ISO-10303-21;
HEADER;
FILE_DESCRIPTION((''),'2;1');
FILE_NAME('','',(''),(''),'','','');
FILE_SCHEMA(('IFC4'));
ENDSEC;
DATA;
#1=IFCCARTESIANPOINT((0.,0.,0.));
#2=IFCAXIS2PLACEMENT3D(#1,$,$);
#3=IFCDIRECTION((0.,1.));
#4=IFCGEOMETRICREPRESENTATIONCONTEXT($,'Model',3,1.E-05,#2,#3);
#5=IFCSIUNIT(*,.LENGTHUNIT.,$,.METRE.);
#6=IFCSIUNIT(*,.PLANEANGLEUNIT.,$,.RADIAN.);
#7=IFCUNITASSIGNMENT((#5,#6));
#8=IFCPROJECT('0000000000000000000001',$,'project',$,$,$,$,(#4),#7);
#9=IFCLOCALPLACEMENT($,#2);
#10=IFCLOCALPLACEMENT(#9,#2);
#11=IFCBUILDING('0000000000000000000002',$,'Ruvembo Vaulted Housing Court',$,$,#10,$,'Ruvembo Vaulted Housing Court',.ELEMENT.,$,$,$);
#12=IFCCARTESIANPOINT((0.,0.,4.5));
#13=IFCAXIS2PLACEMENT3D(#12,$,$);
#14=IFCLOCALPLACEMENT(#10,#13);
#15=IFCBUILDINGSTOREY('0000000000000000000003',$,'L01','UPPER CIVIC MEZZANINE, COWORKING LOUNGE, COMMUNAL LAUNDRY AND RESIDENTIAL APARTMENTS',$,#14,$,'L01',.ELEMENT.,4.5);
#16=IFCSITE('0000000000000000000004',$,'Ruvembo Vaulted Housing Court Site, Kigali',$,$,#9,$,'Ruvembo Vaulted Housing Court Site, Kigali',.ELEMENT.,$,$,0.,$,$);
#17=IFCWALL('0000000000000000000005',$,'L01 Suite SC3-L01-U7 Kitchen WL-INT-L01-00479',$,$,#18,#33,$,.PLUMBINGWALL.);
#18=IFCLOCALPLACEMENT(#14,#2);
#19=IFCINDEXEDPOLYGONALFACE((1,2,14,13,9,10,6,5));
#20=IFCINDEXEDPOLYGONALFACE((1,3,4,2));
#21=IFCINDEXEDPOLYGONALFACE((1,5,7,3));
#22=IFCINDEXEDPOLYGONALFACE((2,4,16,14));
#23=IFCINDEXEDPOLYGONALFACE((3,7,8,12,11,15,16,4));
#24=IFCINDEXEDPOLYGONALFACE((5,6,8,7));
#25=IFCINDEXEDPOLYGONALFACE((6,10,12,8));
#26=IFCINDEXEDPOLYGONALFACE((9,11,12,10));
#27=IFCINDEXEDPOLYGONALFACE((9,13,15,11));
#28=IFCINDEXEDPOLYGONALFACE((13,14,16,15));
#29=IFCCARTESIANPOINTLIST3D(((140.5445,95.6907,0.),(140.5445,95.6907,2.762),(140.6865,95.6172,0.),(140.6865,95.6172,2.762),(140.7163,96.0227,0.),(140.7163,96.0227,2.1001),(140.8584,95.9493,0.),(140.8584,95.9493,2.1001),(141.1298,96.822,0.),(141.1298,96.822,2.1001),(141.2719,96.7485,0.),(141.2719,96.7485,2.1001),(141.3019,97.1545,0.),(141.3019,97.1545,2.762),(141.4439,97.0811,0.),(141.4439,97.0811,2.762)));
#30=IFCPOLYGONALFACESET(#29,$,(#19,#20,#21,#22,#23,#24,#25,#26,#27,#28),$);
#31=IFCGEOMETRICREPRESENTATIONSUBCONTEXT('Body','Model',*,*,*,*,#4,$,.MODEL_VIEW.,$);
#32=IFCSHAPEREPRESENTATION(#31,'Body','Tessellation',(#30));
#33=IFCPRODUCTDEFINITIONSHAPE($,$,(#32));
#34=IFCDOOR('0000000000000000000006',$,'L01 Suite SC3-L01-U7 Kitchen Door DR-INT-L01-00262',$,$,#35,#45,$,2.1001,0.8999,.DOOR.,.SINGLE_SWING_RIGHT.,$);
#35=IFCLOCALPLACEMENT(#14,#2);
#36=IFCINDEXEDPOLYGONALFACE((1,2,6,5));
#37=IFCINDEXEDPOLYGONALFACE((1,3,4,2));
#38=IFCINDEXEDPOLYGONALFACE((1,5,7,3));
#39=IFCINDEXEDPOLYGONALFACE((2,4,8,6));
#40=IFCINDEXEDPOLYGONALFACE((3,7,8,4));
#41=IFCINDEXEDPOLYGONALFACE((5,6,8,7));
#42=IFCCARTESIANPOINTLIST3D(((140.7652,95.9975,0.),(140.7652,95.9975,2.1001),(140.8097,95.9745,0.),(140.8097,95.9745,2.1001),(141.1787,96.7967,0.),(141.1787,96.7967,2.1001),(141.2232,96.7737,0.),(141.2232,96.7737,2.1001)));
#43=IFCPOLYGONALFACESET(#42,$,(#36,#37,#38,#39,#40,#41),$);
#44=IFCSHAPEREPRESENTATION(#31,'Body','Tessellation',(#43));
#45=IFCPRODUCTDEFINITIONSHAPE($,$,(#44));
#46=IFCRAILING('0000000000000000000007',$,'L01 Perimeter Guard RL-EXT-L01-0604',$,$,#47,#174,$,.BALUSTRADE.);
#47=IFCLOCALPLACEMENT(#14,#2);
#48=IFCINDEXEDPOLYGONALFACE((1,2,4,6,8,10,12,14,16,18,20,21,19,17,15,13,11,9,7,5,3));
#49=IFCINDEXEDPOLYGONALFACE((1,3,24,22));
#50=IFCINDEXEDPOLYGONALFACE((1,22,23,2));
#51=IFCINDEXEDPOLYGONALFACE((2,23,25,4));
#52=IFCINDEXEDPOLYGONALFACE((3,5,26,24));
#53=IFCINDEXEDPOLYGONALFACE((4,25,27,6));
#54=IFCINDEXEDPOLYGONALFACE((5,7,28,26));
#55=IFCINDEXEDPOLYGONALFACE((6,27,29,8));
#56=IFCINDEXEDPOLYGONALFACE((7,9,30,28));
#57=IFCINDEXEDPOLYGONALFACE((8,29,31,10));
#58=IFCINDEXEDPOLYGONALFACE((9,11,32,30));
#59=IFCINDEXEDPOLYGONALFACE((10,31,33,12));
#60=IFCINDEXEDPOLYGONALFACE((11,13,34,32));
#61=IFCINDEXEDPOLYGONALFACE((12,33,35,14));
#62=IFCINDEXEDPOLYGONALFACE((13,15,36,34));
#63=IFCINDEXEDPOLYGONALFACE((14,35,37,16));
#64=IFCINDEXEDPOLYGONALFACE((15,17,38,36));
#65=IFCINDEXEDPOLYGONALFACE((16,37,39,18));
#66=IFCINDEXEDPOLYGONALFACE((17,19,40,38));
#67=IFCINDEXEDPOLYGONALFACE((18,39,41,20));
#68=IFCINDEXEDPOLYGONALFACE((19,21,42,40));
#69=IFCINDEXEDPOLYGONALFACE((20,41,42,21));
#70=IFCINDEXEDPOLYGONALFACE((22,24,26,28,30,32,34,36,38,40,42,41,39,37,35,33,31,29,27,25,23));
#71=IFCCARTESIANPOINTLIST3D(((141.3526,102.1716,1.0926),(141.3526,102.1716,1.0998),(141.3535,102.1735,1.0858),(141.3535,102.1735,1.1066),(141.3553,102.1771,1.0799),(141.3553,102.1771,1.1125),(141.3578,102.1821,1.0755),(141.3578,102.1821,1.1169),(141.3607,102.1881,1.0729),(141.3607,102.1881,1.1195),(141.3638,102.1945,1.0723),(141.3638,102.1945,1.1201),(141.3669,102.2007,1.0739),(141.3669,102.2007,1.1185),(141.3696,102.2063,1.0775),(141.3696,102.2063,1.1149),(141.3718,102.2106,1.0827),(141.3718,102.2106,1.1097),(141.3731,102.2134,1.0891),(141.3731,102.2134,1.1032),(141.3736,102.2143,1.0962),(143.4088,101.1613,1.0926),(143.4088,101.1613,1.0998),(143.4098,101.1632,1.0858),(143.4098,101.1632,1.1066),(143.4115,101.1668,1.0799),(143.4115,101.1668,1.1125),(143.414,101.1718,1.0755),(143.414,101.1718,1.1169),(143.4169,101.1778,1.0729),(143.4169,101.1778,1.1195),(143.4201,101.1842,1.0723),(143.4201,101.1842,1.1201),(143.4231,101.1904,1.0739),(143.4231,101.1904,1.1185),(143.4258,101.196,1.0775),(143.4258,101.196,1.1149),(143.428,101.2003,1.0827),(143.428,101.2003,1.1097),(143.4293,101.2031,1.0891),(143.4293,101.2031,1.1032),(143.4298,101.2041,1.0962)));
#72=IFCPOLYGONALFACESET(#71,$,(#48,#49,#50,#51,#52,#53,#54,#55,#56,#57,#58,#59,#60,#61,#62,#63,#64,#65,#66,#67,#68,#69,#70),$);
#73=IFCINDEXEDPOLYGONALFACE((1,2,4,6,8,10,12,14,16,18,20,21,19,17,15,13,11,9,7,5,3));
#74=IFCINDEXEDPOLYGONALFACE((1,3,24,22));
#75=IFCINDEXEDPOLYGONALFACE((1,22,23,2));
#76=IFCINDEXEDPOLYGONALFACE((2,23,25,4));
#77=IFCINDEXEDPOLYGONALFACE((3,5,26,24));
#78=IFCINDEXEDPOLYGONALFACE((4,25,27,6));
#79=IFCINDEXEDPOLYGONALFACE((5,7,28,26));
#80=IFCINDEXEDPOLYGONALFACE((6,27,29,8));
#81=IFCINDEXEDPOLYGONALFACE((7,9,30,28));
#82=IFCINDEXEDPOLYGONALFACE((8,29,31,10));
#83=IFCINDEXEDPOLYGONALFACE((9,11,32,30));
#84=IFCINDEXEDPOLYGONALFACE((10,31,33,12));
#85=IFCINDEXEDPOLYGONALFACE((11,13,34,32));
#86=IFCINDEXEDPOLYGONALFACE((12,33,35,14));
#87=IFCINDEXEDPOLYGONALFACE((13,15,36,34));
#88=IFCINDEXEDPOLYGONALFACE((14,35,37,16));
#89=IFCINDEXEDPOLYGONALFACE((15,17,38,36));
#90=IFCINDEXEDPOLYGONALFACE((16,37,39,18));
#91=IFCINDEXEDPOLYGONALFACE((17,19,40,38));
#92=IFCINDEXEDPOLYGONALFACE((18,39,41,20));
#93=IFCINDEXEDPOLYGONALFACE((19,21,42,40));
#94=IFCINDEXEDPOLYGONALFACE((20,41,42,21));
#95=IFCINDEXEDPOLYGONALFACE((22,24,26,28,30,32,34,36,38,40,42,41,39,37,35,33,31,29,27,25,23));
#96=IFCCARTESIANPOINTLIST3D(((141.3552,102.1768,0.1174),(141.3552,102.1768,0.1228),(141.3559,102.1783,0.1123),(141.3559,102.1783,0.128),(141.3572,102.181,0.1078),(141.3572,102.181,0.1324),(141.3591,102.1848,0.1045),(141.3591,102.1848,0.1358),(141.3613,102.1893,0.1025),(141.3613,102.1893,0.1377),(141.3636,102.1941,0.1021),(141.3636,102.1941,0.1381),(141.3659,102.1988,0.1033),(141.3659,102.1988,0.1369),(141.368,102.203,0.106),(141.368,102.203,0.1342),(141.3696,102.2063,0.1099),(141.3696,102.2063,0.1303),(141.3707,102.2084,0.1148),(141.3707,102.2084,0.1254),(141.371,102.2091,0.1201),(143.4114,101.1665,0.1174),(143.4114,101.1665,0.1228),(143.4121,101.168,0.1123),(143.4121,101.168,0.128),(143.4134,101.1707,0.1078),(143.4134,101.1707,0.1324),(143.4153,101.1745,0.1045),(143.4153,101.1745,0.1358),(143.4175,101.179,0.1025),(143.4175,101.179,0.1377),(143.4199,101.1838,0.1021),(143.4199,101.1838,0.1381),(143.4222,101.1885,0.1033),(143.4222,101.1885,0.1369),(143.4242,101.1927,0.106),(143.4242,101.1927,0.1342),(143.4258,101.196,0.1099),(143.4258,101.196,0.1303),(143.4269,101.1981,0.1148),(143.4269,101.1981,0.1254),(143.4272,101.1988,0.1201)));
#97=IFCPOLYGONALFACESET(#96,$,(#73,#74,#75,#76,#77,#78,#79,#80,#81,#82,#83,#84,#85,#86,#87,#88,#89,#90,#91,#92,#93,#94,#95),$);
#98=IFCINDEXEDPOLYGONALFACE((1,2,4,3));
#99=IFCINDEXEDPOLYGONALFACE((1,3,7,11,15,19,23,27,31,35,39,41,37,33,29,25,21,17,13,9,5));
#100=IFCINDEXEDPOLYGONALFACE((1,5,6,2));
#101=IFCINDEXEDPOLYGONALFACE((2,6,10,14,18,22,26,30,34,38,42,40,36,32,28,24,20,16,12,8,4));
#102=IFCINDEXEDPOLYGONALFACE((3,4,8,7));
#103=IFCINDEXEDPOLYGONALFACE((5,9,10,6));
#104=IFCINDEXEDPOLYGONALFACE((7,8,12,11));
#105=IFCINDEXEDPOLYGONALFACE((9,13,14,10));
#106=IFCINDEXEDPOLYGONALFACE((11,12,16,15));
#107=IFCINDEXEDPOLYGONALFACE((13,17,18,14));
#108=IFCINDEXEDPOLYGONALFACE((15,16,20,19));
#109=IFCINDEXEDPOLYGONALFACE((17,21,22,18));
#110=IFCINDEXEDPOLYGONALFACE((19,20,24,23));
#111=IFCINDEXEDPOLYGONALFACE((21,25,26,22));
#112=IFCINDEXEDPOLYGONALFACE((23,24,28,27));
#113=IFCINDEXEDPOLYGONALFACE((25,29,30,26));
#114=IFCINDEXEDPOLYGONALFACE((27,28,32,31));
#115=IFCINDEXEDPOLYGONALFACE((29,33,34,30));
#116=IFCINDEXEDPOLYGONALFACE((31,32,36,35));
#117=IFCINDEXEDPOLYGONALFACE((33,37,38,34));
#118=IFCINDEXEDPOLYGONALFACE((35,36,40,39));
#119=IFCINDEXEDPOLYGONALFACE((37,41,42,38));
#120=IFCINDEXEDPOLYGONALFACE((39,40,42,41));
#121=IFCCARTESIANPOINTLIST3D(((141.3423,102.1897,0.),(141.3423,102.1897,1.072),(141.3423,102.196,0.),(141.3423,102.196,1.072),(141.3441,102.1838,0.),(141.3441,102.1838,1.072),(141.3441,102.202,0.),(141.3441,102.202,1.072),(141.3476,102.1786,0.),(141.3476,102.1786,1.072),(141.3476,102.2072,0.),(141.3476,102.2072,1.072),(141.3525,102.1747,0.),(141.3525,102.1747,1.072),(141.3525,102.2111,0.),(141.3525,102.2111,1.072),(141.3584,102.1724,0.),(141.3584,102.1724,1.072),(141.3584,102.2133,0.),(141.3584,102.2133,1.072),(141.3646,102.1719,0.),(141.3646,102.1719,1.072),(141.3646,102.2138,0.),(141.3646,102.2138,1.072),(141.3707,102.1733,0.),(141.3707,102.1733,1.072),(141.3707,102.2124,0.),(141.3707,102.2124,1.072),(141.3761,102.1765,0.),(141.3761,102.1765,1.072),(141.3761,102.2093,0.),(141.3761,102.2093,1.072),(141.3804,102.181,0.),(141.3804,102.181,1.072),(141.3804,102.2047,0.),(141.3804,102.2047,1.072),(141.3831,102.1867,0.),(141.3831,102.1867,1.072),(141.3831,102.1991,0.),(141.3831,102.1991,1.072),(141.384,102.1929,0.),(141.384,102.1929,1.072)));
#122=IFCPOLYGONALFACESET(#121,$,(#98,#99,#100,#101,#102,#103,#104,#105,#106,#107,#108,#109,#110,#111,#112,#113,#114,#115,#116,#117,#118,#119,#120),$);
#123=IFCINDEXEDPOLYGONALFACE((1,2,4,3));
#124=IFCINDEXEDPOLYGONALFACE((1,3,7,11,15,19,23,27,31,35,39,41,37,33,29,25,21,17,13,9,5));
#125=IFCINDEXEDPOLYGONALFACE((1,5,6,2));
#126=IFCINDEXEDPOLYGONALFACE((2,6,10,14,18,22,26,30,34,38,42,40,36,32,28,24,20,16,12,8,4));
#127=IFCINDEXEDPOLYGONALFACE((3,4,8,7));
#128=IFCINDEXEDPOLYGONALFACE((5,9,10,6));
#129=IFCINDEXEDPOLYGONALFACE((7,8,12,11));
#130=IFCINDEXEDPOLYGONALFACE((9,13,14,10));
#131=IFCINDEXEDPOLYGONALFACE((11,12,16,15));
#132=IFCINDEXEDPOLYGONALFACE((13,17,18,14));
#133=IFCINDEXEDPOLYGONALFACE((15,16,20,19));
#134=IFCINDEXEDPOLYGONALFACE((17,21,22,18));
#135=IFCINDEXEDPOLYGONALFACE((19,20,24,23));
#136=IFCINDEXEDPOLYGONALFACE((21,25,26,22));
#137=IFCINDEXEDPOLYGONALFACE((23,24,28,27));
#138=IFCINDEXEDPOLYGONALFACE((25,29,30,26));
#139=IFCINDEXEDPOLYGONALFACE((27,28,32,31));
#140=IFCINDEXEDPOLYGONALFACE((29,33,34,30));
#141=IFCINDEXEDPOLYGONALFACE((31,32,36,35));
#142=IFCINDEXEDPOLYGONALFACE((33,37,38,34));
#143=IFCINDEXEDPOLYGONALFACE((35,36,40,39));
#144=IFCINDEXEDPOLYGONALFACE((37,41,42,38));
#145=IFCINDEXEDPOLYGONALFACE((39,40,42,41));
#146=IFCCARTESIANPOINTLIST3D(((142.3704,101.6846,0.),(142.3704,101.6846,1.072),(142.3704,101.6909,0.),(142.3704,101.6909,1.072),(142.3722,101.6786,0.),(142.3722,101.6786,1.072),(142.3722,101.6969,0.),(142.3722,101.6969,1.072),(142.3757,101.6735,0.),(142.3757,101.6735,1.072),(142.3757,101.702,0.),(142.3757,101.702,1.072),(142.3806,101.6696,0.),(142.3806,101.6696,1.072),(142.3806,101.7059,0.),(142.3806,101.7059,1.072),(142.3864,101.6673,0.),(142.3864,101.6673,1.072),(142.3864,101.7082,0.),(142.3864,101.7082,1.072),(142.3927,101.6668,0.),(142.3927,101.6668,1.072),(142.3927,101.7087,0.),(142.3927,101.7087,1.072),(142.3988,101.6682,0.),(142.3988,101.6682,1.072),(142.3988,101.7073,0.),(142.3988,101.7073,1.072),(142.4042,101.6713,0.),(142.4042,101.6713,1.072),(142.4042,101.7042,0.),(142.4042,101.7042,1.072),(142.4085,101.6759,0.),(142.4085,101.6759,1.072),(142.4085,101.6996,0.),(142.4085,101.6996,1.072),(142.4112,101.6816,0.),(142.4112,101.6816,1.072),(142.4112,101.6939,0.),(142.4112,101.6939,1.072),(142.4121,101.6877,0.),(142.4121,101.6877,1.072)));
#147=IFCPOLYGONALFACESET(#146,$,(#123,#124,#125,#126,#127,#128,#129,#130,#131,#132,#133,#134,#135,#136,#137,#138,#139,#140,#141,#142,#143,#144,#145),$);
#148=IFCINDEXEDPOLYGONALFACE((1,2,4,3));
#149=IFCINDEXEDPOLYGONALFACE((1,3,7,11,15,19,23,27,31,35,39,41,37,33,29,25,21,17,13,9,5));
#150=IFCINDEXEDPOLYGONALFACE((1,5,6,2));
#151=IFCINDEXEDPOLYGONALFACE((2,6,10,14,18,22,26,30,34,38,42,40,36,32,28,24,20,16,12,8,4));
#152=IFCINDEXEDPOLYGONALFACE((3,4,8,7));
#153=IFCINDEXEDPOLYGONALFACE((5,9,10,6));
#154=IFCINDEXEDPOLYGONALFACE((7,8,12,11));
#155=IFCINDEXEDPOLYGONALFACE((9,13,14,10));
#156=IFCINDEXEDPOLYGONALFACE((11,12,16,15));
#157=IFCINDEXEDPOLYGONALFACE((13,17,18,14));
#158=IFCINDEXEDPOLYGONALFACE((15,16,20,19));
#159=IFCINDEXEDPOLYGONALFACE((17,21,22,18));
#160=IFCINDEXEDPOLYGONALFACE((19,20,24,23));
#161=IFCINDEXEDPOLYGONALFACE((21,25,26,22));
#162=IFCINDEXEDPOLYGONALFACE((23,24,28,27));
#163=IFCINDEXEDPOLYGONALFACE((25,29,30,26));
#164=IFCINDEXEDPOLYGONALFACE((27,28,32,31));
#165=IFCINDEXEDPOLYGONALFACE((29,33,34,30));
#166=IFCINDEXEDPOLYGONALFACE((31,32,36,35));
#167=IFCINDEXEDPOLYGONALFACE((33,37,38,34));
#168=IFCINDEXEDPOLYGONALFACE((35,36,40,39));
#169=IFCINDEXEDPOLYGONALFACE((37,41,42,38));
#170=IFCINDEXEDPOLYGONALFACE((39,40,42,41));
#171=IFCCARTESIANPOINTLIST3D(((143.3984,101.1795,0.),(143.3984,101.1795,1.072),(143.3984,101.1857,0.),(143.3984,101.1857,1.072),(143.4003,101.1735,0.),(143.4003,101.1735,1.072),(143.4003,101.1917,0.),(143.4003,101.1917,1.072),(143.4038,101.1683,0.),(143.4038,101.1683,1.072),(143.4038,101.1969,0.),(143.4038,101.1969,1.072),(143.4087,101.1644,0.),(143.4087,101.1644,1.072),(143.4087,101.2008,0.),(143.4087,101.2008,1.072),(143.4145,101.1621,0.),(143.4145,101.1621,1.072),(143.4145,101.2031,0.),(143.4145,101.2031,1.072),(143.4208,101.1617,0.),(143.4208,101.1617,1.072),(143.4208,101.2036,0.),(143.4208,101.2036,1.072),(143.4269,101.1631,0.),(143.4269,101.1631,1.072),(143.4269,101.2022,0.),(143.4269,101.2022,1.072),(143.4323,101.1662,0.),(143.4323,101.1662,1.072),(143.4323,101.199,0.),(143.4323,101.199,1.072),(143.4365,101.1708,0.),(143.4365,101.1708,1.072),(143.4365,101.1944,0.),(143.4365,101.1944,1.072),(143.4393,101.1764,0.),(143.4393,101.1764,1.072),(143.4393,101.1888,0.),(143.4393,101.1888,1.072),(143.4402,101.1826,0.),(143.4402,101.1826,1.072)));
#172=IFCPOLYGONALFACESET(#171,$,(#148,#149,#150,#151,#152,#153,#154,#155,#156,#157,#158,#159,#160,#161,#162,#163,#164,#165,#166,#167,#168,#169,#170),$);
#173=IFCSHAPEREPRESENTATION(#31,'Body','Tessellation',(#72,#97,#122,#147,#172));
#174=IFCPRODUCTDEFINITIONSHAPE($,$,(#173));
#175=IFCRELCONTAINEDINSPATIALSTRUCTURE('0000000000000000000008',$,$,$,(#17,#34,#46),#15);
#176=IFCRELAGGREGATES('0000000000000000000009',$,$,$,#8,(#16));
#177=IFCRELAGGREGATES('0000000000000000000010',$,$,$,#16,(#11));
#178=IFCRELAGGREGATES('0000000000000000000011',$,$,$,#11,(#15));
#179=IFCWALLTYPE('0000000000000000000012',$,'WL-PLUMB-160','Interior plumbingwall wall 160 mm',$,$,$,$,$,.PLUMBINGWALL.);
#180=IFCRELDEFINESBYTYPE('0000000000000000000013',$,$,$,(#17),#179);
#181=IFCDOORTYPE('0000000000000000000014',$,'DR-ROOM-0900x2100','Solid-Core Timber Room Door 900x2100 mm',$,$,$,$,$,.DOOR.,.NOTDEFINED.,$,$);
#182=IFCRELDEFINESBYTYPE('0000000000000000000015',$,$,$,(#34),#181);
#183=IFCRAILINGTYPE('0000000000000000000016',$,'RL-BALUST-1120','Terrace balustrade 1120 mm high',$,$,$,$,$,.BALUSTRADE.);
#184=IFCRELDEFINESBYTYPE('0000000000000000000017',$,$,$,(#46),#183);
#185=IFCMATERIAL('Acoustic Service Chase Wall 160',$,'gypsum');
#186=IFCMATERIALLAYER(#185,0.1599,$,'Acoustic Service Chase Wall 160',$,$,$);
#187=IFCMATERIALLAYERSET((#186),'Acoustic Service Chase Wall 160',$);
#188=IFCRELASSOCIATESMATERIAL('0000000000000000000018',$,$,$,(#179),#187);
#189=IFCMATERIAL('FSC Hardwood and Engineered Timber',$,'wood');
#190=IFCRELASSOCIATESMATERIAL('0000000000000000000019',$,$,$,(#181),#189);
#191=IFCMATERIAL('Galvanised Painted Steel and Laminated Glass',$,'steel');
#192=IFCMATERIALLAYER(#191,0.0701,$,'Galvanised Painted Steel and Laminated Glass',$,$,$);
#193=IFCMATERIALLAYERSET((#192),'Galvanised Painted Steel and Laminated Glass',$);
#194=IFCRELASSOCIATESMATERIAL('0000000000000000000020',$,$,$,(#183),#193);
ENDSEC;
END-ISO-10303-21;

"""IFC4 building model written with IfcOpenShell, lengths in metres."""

from ifc_helpers import new_model, si_unit, direction, frame, frame_2d, origin, origin_2d, place, context, subcontext, project, spatial, rectangle, circle, extrude, material, layer, layer_set, type_object, element, fill, save


model = new_model("IFC4")

# Units and contexts
model_context = context("Model", 3, precision=1e-05, world=origin(), true_north=direction((0.0, 1.0)))
body_context = subcontext(model_context, "Body", "Model", "MODEL_VIEW")
ifc_project = project(units=[si_unit("LENGTHUNIT", "METRE"), si_unit("PLANEANGLEUNIT", "RADIAN")], contexts=[model_context])

# Site, building, storey
site_placement = place(None, origin())
site = spatial("IfcSite", under=ifc_project, at=site_placement, Name="Ruvembo Vaulted Housing Court Site, Kigali", LongName="Ruvembo Vaulted Housing Court Site, Kigali", CompositionType="ELEMENT", RefElevation=0.0)
building_placement = place(site_placement, origin())
building = spatial("IfcBuilding", under=site, at=building_placement, Name="Ruvembo Vaulted Housing Court", LongName="Ruvembo Vaulted Housing Court", CompositionType="ELEMENT")
storey_placement = place(building_placement, frame((0.0, 0.0, 4.5)))
storey = spatial("IfcBuildingStorey", under=building, at=storey_placement, Name="L01", Description="UPPER CIVIC MEZZANINE, COWORKING LOUNGE, COMMUNAL LAUNDRY AND RESIDENTIAL APARTMENTS", LongName="L01", CompositionType="ELEMENT", Elevation=4.5)

# Wall, opening, door
ifc_material_1 = material(Name="FSC Hardwood and Engineered Timber", Category="wood")
ifc_material_2 = material(Name="Acoustic Service Chase Wall 160", Category="gypsum")
ifc_layer_1 = layer(ifc_material_2, 0.1599, Name="Acoustic Service Chase Wall 160")
ifc_layer_set_1 = layer_set([ifc_layer_1], Name="Acoustic Service Chase Wall 160")
wall_type_1 = type_object("IfcWallType", Name="WL-PLUMB-160", Description="Interior plumbingwall wall 160 mm", PredefinedType="PLUMBINGWALL", material=ifc_layer_set_1)
wall_1_placement = place(storey_placement, frame((140.6155, 95.6538, 0.0), z_axis=(0.0, 0.0, 1.0), x_axis=(0.459495, 0.88818, 0.0)))
wall_1 = element("IfcWall", 1, at=wall_1_placement, inside=storey, type_object=wall_type_1, Name="L01 Suite SC3-L01-U7 Kitchen WL-INT-L01-00479", PredefinedType="PLUMBINGWALL", context=body_context, shape_type="SweptSolid", body=[
    extrude(rectangle(XDim=1.6482, YDim=0.1599, at=frame_2d((0.8242, 0.0))), origin(), (0.0, 0.0, 1.0), 2.762),
])
opening_1_placement = place(wall_1_placement, frame((0.374, 0.0, 0.0)))
opening_1 = element("IfcOpeningElement", 2, at=opening_1_placement, cuts=wall_1, PredefinedType="OPENING", context=body_context, shape_type="SweptSolid", body=[
    extrude(rectangle(XDim=0.8999, YDim=2.1001, at=frame_2d((0.45, 1.05))), frame((0.0, 0.0898, 0.0), z_axis=(0.0, -1.0, 0.0), x_axis=(1.0, 0.0, 0.0)), (0.0, 0.0, 1.0), 0.1799),
])
door_type_1 = type_object("IfcDoorType", Name="DR-ROOM-0900x2100", Description="Solid-Core Timber Room Door 900x2100 mm", OperationType="NOTDEFINED", PredefinedType="DOOR", material=ifc_material_1)
door_1_placement = place(opening_1_placement, origin())
door_1 = element("IfcDoor", 3, at=door_1_placement, inside=storey, type_object=door_type_1, Name="L01 Suite SC3-L01-U7 Kitchen Door DR-INT-L01-00262", OperationType="SINGLE_SWING_RIGHT", OverallHeight=2.1001, OverallWidth=0.8999, PredefinedType="DOOR", context=body_context, shape_type="SweptSolid", body=[
    extrude(rectangle(XDim=0.8999, YDim=2.1001, at=frame_2d((0.45, 1.05))), frame((0.0, 0.0249, 0.0), z_axis=(0.0, -1.0, 0.0), x_axis=(1.0, 0.0, 0.0)), (0.0, 0.0, 1.0), 0.05),
])
fill(opening_1, door_1)

# Railing
ifc_material_3 = material(Name="Galvanised Painted Steel and Laminated Glass", Category="steel")
ifc_layer_2 = layer(ifc_material_3, 0.0701, Name="Galvanised Painted Steel and Laminated Glass")
ifc_layer_set_2 = layer_set([ifc_layer_2], Name="Galvanised Painted Steel and Laminated Glass")
railing_type = type_object("IfcRailingType", Name="RL-BALUST-1120", Description="Terrace balustrade 1120 mm high", PredefinedType="BALUSTRADE", material=ifc_layer_set_2)
railing_1_placement = place(storey_placement, frame((141.363, 102.1929, 0.0)))
element("IfcRailing", 4, at=railing_1_placement, inside=storey, type_object=railing_type, Name="L01 Perimeter Guard RL-EXT-L01-0604", PredefinedType="BALUSTRADE", context=body_context, shape_type="SweptSolid", body=[
    extrude(circle(Radius=0.0239, at=origin_2d()), frame((0.0, 0.0, 1.0962), z_axis=(0.897517, -0.440979, 0.0), x_axis=(0.440979, 0.897517, 0.0)), (0.0, 0.0, 1.0), 2.291),
    extrude(circle(Radius=0.0181, at=origin_2d()), frame((0.0, 0.0, 0.1201), z_axis=(0.897517, -0.440979, 0.0), x_axis=(0.440979, 0.897517, 0.0)), (0.0, 0.0, 1.0), 2.291),
    extrude(circle(Radius=0.021, at=origin_2d()), origin(), (0.0, 0.0, 1.0), 1.072),
    extrude(circle(Radius=0.021, at=origin_2d()), frame((1.0281, -0.5051, 0.0)), (0.0, 0.0, 1.0), 1.072),
    extrude(circle(Radius=0.021, at=origin_2d()), frame((2.0562, -1.0103, 0.0)), (0.0, 0.0, 1.0), 1.072),
])

save(model, "model.ifc")
